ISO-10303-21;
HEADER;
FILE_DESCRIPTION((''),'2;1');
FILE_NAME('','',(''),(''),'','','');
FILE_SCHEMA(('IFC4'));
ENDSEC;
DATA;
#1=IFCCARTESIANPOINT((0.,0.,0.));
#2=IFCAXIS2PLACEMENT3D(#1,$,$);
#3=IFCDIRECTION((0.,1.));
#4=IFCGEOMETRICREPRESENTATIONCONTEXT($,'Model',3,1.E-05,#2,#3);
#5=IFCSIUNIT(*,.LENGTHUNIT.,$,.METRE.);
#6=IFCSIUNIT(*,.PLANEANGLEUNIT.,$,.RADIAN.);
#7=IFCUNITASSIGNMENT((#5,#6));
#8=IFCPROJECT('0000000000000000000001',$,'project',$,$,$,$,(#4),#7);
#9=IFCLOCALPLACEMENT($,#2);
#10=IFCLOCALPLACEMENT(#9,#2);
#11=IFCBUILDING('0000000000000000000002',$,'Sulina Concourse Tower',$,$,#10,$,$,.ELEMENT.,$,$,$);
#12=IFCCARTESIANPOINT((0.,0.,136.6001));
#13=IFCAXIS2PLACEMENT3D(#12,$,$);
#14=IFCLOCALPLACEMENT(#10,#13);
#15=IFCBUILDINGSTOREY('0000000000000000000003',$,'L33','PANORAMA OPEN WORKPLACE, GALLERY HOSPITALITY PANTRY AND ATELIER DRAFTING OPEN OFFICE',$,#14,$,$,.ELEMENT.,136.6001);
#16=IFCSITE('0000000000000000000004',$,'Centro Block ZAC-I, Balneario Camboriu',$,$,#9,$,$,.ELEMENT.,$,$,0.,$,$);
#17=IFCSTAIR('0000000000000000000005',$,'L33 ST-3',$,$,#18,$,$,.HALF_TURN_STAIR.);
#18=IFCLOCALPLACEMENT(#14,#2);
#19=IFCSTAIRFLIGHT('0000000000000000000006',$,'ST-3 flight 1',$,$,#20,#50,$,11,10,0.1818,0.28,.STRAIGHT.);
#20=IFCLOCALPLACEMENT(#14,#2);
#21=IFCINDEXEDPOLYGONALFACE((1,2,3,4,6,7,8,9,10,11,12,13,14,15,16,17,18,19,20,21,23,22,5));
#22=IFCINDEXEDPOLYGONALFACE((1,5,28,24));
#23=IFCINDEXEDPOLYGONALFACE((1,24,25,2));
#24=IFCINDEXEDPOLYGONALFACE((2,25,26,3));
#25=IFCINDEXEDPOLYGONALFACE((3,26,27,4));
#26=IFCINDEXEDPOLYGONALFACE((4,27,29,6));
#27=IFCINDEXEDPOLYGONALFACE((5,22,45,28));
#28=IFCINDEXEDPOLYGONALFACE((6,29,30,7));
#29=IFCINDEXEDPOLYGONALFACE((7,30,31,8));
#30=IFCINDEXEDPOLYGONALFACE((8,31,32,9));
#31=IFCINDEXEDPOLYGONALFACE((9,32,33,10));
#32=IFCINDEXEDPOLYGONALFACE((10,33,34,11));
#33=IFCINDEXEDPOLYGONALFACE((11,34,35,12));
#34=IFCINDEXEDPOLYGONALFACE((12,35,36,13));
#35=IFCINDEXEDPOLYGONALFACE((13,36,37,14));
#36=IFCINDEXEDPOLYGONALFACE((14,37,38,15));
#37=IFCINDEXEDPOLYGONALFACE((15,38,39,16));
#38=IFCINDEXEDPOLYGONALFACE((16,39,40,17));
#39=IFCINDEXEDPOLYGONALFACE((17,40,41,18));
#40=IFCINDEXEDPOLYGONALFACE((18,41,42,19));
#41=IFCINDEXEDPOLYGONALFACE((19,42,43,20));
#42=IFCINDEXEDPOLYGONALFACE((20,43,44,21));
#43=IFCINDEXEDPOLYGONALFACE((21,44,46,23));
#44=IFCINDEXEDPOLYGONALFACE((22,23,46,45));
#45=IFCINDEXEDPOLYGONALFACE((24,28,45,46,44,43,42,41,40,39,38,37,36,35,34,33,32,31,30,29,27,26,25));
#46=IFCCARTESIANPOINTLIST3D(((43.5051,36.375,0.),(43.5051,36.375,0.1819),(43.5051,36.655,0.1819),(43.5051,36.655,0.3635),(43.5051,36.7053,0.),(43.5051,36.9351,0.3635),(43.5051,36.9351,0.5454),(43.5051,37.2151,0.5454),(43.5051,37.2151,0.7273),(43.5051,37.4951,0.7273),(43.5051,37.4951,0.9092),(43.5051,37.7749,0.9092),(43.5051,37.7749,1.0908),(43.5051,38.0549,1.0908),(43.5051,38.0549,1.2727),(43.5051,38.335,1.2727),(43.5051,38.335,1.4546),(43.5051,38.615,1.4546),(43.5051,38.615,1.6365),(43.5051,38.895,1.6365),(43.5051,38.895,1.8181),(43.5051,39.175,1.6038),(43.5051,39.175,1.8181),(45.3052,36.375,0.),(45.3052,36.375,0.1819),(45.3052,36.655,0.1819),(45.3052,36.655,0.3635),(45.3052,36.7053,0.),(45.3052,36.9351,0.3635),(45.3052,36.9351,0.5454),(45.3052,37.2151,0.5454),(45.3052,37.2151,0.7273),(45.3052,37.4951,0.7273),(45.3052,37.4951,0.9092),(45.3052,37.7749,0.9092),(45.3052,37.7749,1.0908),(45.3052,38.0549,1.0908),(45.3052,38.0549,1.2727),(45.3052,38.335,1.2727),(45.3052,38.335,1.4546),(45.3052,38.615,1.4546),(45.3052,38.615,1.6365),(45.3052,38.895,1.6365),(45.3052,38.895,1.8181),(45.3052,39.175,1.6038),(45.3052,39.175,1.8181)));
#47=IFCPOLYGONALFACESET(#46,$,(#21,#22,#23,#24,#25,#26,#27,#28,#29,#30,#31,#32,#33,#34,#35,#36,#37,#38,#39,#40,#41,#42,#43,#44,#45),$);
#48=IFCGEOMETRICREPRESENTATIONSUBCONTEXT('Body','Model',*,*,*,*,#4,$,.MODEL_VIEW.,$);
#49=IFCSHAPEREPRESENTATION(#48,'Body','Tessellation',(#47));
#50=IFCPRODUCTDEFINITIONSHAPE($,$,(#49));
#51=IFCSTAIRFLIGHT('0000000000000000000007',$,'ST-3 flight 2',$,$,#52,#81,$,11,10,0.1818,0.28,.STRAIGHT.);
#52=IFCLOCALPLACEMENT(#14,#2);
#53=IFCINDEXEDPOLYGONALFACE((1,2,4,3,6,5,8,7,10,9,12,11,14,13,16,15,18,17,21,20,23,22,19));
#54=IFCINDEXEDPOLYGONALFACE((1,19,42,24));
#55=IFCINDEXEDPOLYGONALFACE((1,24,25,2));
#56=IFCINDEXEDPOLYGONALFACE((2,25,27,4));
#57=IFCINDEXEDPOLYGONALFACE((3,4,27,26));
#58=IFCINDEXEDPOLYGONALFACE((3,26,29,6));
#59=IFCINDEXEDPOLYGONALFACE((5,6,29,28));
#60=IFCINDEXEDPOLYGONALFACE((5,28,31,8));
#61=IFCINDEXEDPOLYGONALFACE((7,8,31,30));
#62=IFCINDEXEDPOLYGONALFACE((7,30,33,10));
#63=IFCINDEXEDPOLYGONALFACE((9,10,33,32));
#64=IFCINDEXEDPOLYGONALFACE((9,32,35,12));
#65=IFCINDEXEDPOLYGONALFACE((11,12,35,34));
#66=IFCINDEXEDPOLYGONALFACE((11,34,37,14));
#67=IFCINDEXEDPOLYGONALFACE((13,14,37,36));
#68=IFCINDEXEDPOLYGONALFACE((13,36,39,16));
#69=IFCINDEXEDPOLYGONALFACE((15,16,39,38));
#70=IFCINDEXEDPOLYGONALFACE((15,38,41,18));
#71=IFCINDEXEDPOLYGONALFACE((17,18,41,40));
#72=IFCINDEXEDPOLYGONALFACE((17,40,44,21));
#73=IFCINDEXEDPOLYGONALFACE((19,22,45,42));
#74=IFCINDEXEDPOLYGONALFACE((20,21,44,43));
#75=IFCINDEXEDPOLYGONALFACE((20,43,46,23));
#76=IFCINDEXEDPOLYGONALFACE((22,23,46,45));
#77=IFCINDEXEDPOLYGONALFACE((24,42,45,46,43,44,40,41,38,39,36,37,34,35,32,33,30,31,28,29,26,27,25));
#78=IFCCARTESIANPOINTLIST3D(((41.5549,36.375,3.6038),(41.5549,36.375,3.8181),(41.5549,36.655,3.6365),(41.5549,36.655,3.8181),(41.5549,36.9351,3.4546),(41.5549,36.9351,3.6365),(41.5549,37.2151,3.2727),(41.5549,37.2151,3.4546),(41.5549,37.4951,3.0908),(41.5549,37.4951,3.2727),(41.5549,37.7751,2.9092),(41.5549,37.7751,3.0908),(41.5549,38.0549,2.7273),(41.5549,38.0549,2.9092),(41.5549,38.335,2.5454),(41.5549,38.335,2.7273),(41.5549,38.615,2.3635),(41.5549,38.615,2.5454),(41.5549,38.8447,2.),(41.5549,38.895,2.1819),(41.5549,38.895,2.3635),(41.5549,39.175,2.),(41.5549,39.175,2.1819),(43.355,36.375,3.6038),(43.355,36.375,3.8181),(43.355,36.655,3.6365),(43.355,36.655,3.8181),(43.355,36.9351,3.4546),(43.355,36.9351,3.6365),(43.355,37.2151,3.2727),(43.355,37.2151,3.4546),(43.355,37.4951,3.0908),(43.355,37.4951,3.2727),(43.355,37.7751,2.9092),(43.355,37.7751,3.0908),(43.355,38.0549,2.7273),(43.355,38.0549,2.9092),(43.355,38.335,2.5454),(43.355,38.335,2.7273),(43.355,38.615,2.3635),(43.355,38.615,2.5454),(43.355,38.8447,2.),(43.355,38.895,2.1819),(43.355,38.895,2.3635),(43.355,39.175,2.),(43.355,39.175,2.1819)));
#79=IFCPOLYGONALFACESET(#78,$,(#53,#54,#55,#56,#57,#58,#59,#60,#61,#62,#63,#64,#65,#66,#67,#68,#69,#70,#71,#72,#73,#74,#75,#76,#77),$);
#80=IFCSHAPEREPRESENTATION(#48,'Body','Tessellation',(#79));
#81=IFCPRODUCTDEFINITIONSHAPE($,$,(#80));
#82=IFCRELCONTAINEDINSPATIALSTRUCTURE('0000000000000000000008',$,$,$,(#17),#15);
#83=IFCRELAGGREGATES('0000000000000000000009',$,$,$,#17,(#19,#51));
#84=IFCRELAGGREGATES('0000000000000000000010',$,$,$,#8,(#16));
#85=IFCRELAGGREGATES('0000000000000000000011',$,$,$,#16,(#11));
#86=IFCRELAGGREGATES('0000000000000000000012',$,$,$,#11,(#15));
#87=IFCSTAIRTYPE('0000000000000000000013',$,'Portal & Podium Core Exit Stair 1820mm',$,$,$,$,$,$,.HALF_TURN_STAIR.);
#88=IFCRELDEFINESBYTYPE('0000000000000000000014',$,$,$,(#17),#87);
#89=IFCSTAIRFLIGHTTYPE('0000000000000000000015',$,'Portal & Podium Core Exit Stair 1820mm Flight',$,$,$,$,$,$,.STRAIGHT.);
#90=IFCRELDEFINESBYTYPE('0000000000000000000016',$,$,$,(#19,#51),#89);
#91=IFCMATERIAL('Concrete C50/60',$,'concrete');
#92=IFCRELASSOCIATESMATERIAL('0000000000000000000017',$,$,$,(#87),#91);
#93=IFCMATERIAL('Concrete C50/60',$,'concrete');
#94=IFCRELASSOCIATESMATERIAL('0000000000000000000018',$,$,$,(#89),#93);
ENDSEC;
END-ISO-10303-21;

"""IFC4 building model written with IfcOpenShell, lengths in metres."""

from ifc_helpers import new_model, si_unit, direction, frame, origin, place, context, subcontext, project, spatial, polyline, outline, extrude, material, type_object, element, aggregate, save


model = new_model("IFC4")

# Units and contexts
model_context = context("Model", 3, precision=1e-05, world=origin(), true_north=direction((0.0, 1.0)))
body_context = subcontext(model_context, "Body", "Model", "MODEL_VIEW")
ifc_project = project(units=[si_unit("LENGTHUNIT", "METRE"), si_unit("PLANEANGLEUNIT", "RADIAN")], contexts=[model_context])

# Site, building, storey
site_placement = place(None, origin())
site = spatial("IfcSite", under=ifc_project, at=site_placement, Name="Centro Block ZAC-I, Balneario Camboriu", CompositionType="ELEMENT", RefElevation=0.0)
building_placement = place(site_placement, origin())
building = spatial("IfcBuilding", under=site, at=building_placement, Name="Sulina Concourse Tower", CompositionType="ELEMENT")
storey_placement = place(building_placement, frame((0.0, 0.0, 136.6001)))
storey = spatial("IfcBuildingStorey", under=building, at=storey_placement, Name="L33", Description="PANORAMA OPEN WORKPLACE, GALLERY HOSPITALITY PANTRY AND ATELIER DRAFTING OPEN OFFICE", CompositionType="ELEMENT", Elevation=136.6001)

# Stair, stair flights
ifc_material_1 = material(Name="Concrete C50/60", Category="concrete")
stair_type = type_object("IfcStairType", Name="Portal & Podium Core Exit Stair 1820mm", PredefinedType="HALF_TURN_STAIR", material=ifc_material_1)
stair_placement = place(storey_placement, origin())
stair = element("IfcStair", 1, at=stair_placement, inside=storey, type_object=stair_type, Name="L33 ST-3", PredefinedType="HALF_TURN_STAIR")
ifc_material_2 = material(Name="Concrete C50/60", Category="concrete")
stair_flight_type = type_object("IfcStairFlightType", Name="Portal & Podium Core Exit Stair 1820mm Flight", PredefinedType="STRAIGHT", material=ifc_material_2)
stair_flight_1_placement = place(storey_placement, frame((44.405, 36.375, 0.0), z_axis=(0.0, 0.0, 1.0), x_axis=(0.0, 1.0, 0.0)))
stair_flight_1 = element("IfcStairFlight", 2, at=stair_flight_1_placement, type_object=stair_flight_type, Name="ST-3 flight 1", NumberOfRisers=11, NumberOfTreads=10, PredefinedType="STRAIGHT", RiserHeight=0.1818, TreadLength=0.28, context=body_context, shape_type="SweptSolid", body=[
    extrude(outline(polyline([(0.0, 0.0), (0.0, 0.1819), (0.28, 0.1819), (0.28, 0.3635), (0.5601, 0.3635), (0.5601, 0.5454), (0.8401, 0.5454), (0.8401, 0.7273), (1.1201, 0.7273), (1.1201, 0.9092), (1.3999, 0.9092), (1.3999, 1.0908), (1.6799, 1.0908), (1.6799, 1.2727), (1.96, 1.2727), (1.96, 1.4546), (2.24, 1.4546), (2.24, 1.6365), (2.52, 1.6365), (2.52, 1.8181), (2.8, 1.8181), (2.8, 2.0), (2.8, 1.6038), (0.3303, 0.0), (0.0, 0.0)])), frame((0.0, 0.8999, 0.0), z_axis=(0.0, -1.0, 0.0), x_axis=(1.0, 0.0, 0.0)), (0.0, 0.0, 1.0), 1.8),
])
stair_flight_2_placement = place(storey_placement, frame((42.4551, 39.175, 2.0), z_axis=(0.0, 0.0, 1.0), x_axis=(0.0, -1.0, 0.0)))
stair_flight_2 = element("IfcStairFlight", 3, at=stair_flight_2_placement, type_object=stair_flight_type, Name="ST-3 flight 2", NumberOfRisers=11, NumberOfTreads=10, PredefinedType="STRAIGHT", RiserHeight=0.1818, TreadLength=0.28, context=body_context, shape_type="SweptSolid", body=[
    extrude(outline(polyline([(0.0, 0.0), (0.0, 0.1819), (0.28, 0.1819), (0.28, 0.3635), (0.5601, 0.3635), (0.5601, 0.5454), (0.8401, 0.5454), (0.8401, 0.7273), (1.1201, 0.7273), (1.1201, 0.9092), (1.3999, 0.9092), (1.3999, 1.0908), (1.6799, 1.0908), (1.6799, 1.2727), (1.96, 1.2727), (1.96, 1.4546), (2.24, 1.4546), (2.24, 1.6365), (2.52, 1.6365), (2.52, 1.8181), (2.8, 1.8181), (2.8, 2.0), (2.8, 1.6038), (0.3303, 0.0), (0.0, 0.0)])), frame((0.0, 0.8999, 0.0), z_axis=(0.0, -1.0, 0.0), x_axis=(1.0, 0.0, 0.0)), (0.0, 0.0, 1.0), 1.8),
])
aggregate(stair, [stair_flight_1, stair_flight_2])

save(model, "model.ifc")
